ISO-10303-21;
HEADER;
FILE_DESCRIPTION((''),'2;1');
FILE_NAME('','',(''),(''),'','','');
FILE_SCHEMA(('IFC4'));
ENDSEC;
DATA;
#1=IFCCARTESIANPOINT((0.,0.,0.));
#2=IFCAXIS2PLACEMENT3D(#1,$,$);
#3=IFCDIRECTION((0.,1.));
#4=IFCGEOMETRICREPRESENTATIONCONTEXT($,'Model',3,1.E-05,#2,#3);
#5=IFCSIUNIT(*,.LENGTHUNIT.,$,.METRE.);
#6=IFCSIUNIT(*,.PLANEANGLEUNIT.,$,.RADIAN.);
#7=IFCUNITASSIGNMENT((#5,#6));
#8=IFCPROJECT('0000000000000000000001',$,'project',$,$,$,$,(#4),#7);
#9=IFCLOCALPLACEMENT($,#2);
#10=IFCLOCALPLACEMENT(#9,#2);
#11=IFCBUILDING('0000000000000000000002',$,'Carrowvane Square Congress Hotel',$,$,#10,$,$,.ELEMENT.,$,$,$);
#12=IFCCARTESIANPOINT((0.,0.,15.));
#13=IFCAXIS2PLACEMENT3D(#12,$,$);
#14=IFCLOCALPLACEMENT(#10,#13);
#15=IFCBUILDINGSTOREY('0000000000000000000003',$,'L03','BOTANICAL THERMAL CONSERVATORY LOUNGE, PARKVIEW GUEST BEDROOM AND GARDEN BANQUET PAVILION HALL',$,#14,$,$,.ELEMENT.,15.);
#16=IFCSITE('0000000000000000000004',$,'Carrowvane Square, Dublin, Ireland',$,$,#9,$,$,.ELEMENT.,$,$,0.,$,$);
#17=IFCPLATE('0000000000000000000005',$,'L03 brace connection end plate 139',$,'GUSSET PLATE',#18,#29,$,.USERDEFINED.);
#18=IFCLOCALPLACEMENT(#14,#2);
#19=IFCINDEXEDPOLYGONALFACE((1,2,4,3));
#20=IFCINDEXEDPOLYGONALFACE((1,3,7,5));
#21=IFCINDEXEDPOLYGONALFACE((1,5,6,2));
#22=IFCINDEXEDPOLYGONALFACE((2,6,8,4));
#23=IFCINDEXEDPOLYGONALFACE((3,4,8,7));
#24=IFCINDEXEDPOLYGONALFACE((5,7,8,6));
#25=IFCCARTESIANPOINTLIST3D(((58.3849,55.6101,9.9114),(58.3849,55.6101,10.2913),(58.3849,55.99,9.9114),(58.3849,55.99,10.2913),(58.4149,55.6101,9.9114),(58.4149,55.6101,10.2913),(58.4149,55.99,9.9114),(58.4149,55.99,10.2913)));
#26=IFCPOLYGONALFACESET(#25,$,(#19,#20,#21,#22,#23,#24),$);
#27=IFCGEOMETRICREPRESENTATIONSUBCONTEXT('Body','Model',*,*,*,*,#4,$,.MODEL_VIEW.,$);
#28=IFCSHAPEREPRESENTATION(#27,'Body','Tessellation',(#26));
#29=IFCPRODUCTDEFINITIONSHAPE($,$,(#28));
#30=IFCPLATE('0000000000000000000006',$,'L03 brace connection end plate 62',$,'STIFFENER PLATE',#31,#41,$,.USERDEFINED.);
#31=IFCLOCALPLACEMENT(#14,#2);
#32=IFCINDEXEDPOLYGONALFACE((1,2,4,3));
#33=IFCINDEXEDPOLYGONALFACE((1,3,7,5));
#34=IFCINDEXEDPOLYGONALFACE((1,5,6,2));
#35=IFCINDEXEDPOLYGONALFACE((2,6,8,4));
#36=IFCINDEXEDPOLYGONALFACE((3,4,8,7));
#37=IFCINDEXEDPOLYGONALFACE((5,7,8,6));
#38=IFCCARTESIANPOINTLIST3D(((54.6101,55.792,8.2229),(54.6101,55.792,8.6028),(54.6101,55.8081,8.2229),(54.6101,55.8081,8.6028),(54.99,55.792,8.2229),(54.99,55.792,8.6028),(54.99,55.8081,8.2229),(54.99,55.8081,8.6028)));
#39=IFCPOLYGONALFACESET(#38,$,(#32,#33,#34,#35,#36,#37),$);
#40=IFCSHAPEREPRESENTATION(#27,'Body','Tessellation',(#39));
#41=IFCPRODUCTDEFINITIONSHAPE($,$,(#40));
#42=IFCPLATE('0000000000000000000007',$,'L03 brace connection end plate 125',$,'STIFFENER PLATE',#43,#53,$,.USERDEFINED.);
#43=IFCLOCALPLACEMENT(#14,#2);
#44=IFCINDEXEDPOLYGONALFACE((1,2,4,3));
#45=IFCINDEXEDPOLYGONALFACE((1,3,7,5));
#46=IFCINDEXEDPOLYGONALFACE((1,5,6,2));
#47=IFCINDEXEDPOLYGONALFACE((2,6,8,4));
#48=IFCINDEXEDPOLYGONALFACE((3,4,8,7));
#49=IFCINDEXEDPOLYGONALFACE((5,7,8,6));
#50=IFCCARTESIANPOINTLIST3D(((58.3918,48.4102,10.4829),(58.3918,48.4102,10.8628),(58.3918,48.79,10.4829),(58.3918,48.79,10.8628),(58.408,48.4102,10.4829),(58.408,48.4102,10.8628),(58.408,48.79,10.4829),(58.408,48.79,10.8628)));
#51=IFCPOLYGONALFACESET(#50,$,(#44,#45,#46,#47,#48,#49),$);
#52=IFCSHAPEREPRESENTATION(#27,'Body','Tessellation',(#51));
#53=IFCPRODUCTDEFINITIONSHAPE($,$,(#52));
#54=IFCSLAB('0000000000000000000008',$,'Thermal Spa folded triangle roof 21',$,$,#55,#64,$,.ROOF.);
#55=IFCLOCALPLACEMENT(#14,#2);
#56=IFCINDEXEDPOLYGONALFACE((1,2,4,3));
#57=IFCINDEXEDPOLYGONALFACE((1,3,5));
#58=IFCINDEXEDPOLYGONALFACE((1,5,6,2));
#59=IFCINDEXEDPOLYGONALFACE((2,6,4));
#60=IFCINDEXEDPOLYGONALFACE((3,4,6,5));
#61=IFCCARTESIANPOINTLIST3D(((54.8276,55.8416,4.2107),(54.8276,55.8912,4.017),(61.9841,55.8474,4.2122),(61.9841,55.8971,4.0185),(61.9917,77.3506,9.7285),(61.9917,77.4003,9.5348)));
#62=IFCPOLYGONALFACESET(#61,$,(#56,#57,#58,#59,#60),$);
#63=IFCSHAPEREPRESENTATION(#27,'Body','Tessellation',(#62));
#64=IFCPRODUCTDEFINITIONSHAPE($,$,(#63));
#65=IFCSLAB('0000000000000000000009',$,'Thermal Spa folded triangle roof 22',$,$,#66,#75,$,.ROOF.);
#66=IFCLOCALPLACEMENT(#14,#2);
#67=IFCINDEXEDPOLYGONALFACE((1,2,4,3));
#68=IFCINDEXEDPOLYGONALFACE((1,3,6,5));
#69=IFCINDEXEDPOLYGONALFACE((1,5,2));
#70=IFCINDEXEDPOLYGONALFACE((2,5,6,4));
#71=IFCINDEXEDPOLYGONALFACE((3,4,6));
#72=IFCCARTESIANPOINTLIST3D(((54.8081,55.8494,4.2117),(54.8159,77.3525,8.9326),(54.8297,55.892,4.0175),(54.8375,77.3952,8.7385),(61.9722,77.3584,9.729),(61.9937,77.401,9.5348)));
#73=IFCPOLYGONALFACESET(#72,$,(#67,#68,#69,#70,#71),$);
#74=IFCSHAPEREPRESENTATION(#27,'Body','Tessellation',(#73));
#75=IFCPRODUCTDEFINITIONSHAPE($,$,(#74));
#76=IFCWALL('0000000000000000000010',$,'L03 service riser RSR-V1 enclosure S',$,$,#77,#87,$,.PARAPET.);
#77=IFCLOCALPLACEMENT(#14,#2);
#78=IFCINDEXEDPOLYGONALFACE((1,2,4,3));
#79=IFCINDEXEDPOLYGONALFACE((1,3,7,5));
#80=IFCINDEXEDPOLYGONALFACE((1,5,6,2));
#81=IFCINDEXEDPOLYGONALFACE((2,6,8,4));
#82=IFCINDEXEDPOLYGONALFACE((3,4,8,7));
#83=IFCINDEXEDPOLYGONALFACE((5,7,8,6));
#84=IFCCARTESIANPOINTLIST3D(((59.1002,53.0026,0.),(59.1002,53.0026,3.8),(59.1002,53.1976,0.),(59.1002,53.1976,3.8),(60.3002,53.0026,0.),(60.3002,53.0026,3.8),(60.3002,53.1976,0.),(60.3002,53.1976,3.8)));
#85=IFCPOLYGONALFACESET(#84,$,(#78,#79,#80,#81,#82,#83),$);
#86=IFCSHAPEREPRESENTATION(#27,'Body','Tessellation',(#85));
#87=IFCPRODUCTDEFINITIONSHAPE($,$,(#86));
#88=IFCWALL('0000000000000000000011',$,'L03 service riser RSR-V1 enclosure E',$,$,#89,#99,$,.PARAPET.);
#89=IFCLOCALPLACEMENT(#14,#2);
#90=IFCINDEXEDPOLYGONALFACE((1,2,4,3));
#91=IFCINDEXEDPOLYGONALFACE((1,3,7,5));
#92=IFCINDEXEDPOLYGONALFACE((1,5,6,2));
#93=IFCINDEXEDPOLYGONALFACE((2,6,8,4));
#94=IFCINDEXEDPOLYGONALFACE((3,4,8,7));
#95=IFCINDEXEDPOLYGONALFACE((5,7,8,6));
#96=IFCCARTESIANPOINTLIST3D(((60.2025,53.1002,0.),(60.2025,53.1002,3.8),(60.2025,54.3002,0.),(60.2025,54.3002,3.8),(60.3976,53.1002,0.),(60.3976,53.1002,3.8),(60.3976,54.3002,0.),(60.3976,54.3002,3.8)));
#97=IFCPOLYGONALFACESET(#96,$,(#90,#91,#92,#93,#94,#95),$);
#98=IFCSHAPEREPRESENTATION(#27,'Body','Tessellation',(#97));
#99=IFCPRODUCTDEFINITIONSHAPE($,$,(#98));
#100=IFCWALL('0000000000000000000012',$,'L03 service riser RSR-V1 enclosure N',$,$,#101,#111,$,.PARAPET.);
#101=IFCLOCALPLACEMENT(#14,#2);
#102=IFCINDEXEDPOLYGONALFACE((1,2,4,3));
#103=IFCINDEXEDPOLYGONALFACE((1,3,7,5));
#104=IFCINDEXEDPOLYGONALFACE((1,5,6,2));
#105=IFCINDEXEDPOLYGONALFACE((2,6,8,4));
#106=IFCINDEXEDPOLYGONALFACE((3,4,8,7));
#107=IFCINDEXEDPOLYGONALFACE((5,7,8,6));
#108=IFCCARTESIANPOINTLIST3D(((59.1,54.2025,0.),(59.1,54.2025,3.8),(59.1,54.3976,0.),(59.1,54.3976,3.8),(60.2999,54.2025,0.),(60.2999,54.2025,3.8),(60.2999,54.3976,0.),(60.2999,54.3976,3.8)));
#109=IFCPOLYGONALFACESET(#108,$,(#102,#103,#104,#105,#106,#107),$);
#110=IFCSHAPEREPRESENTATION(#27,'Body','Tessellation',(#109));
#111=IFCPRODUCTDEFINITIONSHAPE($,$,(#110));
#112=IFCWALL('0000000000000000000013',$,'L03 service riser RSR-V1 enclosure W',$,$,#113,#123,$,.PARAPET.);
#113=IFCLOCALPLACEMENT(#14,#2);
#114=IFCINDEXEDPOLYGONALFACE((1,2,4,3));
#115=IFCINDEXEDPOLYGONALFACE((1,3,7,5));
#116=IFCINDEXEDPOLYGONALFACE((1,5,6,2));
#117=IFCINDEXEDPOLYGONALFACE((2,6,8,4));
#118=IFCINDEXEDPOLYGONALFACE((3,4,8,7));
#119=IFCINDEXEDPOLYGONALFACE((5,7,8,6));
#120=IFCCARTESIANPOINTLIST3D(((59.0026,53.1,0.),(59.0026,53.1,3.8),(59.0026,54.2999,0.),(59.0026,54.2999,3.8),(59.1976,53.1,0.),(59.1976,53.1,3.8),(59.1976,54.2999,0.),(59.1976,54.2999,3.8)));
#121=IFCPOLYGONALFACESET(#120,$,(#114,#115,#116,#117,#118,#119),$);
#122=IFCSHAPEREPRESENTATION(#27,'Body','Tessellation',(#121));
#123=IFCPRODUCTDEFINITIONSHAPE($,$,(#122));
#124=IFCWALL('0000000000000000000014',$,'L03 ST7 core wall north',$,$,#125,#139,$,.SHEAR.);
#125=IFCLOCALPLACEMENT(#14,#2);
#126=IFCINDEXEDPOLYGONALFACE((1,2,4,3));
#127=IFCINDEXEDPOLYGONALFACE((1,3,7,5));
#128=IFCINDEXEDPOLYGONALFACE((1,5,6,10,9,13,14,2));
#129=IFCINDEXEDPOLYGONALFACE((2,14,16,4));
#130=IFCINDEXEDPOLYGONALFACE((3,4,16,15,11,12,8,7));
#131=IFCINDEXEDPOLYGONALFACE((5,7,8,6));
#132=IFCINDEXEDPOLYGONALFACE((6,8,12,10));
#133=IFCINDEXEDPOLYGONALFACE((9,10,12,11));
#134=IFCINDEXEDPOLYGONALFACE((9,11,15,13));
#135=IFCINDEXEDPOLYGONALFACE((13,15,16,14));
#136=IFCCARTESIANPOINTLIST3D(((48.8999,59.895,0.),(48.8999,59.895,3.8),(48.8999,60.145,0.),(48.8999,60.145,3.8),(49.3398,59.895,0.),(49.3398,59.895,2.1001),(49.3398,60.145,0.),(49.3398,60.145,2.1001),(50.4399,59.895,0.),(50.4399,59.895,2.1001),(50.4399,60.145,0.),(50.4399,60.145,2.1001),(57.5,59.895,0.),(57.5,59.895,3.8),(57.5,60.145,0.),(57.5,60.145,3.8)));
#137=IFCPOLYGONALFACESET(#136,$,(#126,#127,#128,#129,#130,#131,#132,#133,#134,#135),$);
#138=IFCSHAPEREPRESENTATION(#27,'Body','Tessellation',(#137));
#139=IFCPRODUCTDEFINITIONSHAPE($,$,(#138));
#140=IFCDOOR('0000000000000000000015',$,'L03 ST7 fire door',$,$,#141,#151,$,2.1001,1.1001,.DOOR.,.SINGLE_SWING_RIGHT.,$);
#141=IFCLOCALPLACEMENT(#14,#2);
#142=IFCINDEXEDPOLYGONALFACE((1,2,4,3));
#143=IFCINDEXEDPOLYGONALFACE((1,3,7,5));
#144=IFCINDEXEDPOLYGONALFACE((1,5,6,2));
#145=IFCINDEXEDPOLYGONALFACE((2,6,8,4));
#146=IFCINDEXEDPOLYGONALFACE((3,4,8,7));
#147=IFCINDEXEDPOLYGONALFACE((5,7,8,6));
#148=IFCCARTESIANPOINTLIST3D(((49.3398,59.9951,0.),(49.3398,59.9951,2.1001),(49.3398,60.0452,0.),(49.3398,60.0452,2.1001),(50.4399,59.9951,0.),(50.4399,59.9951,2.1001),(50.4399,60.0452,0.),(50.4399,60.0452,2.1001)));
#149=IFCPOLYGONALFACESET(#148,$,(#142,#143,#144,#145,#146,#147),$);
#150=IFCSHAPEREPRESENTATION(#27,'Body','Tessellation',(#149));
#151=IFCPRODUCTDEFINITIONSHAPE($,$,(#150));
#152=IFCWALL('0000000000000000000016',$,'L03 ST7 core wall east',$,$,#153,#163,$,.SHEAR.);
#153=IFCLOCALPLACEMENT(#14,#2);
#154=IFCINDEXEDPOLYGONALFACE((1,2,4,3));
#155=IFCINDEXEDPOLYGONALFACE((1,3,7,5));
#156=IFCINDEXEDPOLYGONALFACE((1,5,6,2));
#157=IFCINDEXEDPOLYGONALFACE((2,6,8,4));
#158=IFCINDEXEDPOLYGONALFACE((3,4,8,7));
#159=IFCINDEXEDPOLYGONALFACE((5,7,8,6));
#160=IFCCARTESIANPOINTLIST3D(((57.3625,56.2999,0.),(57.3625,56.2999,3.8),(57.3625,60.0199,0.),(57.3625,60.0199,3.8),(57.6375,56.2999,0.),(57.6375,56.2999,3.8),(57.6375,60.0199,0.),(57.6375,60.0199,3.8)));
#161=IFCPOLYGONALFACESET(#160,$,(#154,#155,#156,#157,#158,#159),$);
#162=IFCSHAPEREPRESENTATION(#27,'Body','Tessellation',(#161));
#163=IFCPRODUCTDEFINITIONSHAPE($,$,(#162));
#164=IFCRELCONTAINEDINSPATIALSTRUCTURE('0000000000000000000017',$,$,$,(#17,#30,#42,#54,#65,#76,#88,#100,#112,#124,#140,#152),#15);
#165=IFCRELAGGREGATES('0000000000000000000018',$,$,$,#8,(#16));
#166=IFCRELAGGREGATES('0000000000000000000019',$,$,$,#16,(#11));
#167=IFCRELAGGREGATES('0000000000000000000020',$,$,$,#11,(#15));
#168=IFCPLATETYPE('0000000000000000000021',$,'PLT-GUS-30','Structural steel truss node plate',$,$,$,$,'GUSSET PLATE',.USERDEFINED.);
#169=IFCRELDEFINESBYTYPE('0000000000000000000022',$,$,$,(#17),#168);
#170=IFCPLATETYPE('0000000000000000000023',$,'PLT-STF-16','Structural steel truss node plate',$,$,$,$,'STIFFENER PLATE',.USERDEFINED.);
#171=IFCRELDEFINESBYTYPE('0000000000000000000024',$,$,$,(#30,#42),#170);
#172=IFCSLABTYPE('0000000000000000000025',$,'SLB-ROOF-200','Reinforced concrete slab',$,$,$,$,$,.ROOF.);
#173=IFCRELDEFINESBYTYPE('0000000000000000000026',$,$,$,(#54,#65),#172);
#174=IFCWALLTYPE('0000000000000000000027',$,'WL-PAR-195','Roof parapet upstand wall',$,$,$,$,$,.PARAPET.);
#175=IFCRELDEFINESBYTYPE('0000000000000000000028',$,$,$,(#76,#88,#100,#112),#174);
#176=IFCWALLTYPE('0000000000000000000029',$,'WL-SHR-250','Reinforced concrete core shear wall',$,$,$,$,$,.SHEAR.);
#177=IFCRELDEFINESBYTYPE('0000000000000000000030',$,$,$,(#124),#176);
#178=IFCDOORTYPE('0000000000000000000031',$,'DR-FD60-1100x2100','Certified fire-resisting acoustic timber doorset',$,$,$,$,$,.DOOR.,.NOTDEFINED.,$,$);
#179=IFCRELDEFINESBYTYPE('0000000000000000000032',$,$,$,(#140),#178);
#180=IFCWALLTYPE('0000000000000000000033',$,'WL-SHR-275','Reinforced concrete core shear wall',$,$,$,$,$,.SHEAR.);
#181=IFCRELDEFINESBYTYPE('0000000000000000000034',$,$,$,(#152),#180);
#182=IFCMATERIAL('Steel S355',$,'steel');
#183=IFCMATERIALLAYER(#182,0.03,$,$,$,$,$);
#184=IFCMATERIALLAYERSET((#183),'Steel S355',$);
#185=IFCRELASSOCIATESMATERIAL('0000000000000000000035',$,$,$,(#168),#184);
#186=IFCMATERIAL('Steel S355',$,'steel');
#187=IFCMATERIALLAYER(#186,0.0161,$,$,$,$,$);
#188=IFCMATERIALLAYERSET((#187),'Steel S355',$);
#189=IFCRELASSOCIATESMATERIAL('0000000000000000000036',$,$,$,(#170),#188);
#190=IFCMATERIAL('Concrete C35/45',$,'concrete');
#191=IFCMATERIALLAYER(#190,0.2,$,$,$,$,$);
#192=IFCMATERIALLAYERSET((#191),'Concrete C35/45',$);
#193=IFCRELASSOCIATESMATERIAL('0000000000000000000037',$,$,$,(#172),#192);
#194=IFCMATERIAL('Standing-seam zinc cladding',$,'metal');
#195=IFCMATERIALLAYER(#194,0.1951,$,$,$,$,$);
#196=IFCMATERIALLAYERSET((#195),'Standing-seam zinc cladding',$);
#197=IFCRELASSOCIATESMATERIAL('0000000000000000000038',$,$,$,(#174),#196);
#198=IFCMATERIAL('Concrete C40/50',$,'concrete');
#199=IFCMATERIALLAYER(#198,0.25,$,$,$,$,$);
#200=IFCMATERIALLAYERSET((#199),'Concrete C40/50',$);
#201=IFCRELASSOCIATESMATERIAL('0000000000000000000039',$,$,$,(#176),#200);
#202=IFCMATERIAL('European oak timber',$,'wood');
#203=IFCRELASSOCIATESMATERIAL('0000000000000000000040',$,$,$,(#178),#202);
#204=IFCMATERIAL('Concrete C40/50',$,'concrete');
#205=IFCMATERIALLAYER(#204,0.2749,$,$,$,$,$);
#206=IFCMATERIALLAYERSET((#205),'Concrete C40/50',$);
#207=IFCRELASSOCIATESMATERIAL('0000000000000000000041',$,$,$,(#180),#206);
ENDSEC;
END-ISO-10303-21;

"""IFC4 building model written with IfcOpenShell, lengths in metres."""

from ifc_helpers import new_model, si_unit, direction, frame, frame_2d, origin, origin_2d, place, context, subcontext, project, spatial, polyline, rectangle, outline, extrude, material, layer, layer_set, type_object, element, fill, save


model = new_model("IFC4")

# Units and contexts
model_context = context("Model", 3, precision=1e-05, world=origin(), true_north=direction((0.0, 1.0)))
body_context = subcontext(model_context, "Body", "Model", "MODEL_VIEW")
ifc_project = project(units=[si_unit("LENGTHUNIT", "METRE"), si_unit("PLANEANGLEUNIT", "RADIAN")], contexts=[model_context])

# Site, building, storey
site_placement = place(None, origin())
site = spatial("IfcSite", under=ifc_project, at=site_placement, Name="Carrowvane Square, Dublin, Ireland", CompositionType="ELEMENT", RefElevation=0.0)
building_placement = place(site_placement, origin())
building = spatial("IfcBuilding", under=site, at=building_placement, Name="Carrowvane Square Congress Hotel", CompositionType="ELEMENT")
storey_placement = place(building_placement, frame((0.0, 0.0, 15.0)))
storey = spatial("IfcBuildingStorey", under=building, at=storey_placement, Name="L03", Description="BOTANICAL THERMAL CONSERVATORY LOUNGE, PARKVIEW GUEST BEDROOM AND GARDEN BANQUET PAVILION HALL", CompositionType="ELEMENT", Elevation=15.0)

# Plates
ifc_material_1 = material(Name="Steel S355", Category="steel")
ifc_layer_1 = layer(ifc_material_1, 0.03)
ifc_layer_set_1 = layer_set([ifc_layer_1], Name="Steel S355")
plate_type_1 = type_object("IfcPlateType", Name="PLT-GUS-30", Description="Structural steel truss node plate", ElementType="GUSSET PLATE", PredefinedType="USERDEFINED", material=ifc_layer_set_1)
plate_1_placement = place(storey_placement, frame((58.3999, 55.8, 9.9114), z_axis=(0.0, 0.0, 1.0), x_axis=(1.0, 0.0, 0.0)))
element("IfcPlate", 1, at=plate_1_placement, inside=storey, type_object=plate_type_1, Name="L03 brace connection end plate 139", ObjectType="GUSSET PLATE", PredefinedType="USERDEFINED", context=body_context, shape_type="SweptSolid", body=[
    extrude(rectangle(XDim=0.03, YDim=0.3799, at=origin_2d()), origin(), (0.0, 0.0, 1.0), 0.3799),
])
ifc_material_2 = material(Name="Steel S355", Category="steel")
ifc_layer_2 = layer(ifc_material_2, 0.0161)
ifc_layer_set_2 = layer_set([ifc_layer_2], Name="Steel S355")
plate_type_2 = type_object("IfcPlateType", Name="PLT-STF-16", Description="Structural steel truss node plate", ElementType="STIFFENER PLATE", PredefinedType="USERDEFINED", material=ifc_layer_set_2)
plate_2_placement = place(storey_placement, frame((54.8, 55.8, 8.2229), z_axis=(0.0, 0.0, 1.0), x_axis=(1.0, 0.0, 0.0)))
element("IfcPlate", 2, at=plate_2_placement, inside=storey, type_object=plate_type_2, Name="L03 brace connection end plate 62", ObjectType="STIFFENER PLATE", PredefinedType="USERDEFINED", context=body_context, shape_type="SweptSolid", body=[
    extrude(rectangle(XDim=0.3799, YDim=0.0161, at=origin_2d()), origin(), (0.0, 0.0, 1.0), 0.3799),
])
plate_3_placement = place(storey_placement, frame((58.3999, 48.6001, 10.4829), z_axis=(0.0, 0.0, 1.0), x_axis=(1.0, 0.0, 0.0)))
element("IfcPlate", 3, at=plate_3_placement, inside=storey, type_object=plate_type_2, Name="L03 brace connection end plate 125", ObjectType="STIFFENER PLATE", PredefinedType="USERDEFINED", context=body_context, shape_type="SweptSolid", body=[
    extrude(rectangle(XDim=0.0161, YDim=0.3799, at=origin_2d()), origin(), (0.0, 0.0, 1.0), 0.3799),
])

# Slabs
ifc_material_3 = material(Name="Concrete C35/45", Category="concrete")
ifc_layer_3 = layer(ifc_material_3, 0.2)
ifc_layer_set_3 = layer_set([ifc_layer_3], Name="Concrete C35/45")
slab_type = type_object("IfcSlabType", Name="SLB-ROOF-200", Description="Reinforced concrete slab", PredefinedType="ROOF", material=ifc_layer_set_3)
slab_1_placement = place(storey_placement, frame((54.8276, 55.8416, 4.2107), z_axis=(0.000005, -0.24849, 0.968634), x_axis=(1.0, 0.000819, 0.000205)))
element("IfcSlab", 4, at=slab_1_placement, inside=storey, type_object=slab_type, Name="Thermal Spa folded triangle roof 21", PredefinedType="ROOF", context=body_context, shape_type="SweptSolid", body=[
    extrude(outline(polyline([(0.0, 0.0), (7.1565, 0.0), (7.1828, 22.1995), (0.0, 0.0)])), origin(), (0.0, 0.0, -1.0), 0.2),
])
slab_2_placement = place(storey_placement, frame((54.8081, 55.8494, 4.2117), z_axis=(-0.107889, -0.21315, 0.971044), x_axis=(0.307043, 0.921851, 0.236466)))
element("IfcSlab", 5, at=slab_2_placement, inside=storey, type_object=slab_type, Name="Thermal Spa folded triangle roof 22", PredefinedType="ROOF", context=body_context, shape_type="SweptSolid", body=[
    extrude(outline(polyline([(0.0, 0.0), (23.3325, 0.0), (20.9415, 6.7919), (0.0, 0.0)])), origin(), (0.0, 0.0, -1.0), 0.2),
])

# Walls
ifc_material_4 = material(Name="Standing-seam zinc cladding", Category="metal")
ifc_layer_4 = layer(ifc_material_4, 0.1951)
ifc_layer_set_4 = layer_set([ifc_layer_4], Name="Standing-seam zinc cladding")
wall_type_1 = type_object("IfcWallType", Name="WL-PAR-195", Description="Roof parapet upstand wall", PredefinedType="PARAPET", material=ifc_layer_set_4)
for number, where, z_axis, x_axis, name in (
    (6, (59.1001, 53.1001, 0.0), (0.0, 0.0, 1.0), (1.0, 0.0, 0.0), "L03 service riser RSR-V1 enclosure S"),
    (7, (60.3, 53.1001, 0.0), (0.0, 0.0, 1.0), (0.0, 1.0, 0.0), "L03 service riser RSR-V1 enclosure E"),
    (8, (60.3, 54.3, 0.0), (0.0, 0.0, 1.0), (-1.0, 0.0, 0.0), "L03 service riser RSR-V1 enclosure N"),
    (9, (59.1001, 54.3, 0.0), (0.0, 0.0, 1.0), (0.0, -1.0, 0.0), "L03 service riser RSR-V1 enclosure W"),
):
    element("IfcWall", number, at=place(storey_placement, frame(where, z_axis=z_axis, x_axis=x_axis)), inside=storey, type_object=wall_type_1, Name=name, PredefinedType="PARAPET", context=body_context, shape_type="SweptSolid", body=[
        extrude(rectangle(XDim=1.2, YDim=0.1951, at=frame_2d((0.6001, 0.0))), origin(), (0.0, 0.0, 1.0), 3.8),
    ])

# Wall, opening, door
ifc_material_5 = material(Name="Concrete C40/50", Category="concrete")
ifc_layer_5 = layer(ifc_material_5, 0.25)
ifc_layer_set_5 = layer_set([ifc_layer_5], Name="Concrete C40/50")
wall_type_2 = type_object("IfcWallType", Name="WL-SHR-250", Description="Reinforced concrete core shear wall", PredefinedType="SHEAR", material=ifc_layer_set_5)
wall_1_placement = place(storey_placement, frame((57.5, 60.02, 0.0), z_axis=(0.0, 0.0, 1.0), x_axis=(-1.0, 0.0, 0.0)))
wall_1 = element("IfcWall", 10, at=wall_1_placement, inside=storey, type_object=wall_type_2, Name="L03 ST7 core wall north", PredefinedType="SHEAR", context=body_context, shape_type="SweptSolid", body=[
    extrude(rectangle(XDim=8.6001, YDim=0.25, at=frame_2d((4.3, 0.0))), origin(), (0.0, 0.0, 1.0), 3.8),
])
opening_placement = place(wall_1_placement, frame((7.0601, 0.0, 0.0)))
opening = element("IfcOpeningElement", 11, at=opening_placement, cuts=wall_1, PredefinedType="OPENING", context=body_context, shape_type="SweptSolid", body=[
    extrude(rectangle(XDim=1.1001, YDim=2.1001, at=frame_2d((0.55, 1.05))), frame((0.0, 0.135, 0.0), z_axis=(0.0, -1.0, 0.0), x_axis=(1.0, 0.0, 0.0)), (0.0, 0.0, 1.0), 0.27),
])
ifc_material_6 = material(Name="European oak timber", Category="wood")
door_type = type_object("IfcDoorType", Name="DR-FD60-1100x2100", Description="Certified fire-resisting acoustic timber doorset", OperationType="NOTDEFINED", PredefinedType="DOOR", material=ifc_material_6)
door_placement = place(opening_placement, origin())
door = element("IfcDoor", 12, at=door_placement, inside=storey, type_object=door_type, Name="L03 ST7 fire door", OperationType="SINGLE_SWING_RIGHT", OverallHeight=2.1001, OverallWidth=1.1001, PredefinedType="DOOR", context=body_context, shape_type="SweptSolid", body=[
    extrude(rectangle(XDim=1.1001, YDim=2.1001, at=frame_2d((0.55, 1.05))), frame((0.0, 0.0249, 0.0), z_axis=(0.0, -1.0, 0.0), x_axis=(1.0, 0.0, 0.0)), (0.0, 0.0, 1.0), 0.05),
])
fill(opening, door)

# Wall
ifc_material_7 = material(Name="Concrete C40/50", Category="concrete")
ifc_layer_6 = layer(ifc_material_7, 0.2749)
ifc_layer_set_6 = layer_set([ifc_layer_6], Name="Concrete C40/50")
wall_type_3 = type_object("IfcWallType", Name="WL-SHR-275", Description="Reinforced concrete core shear wall", PredefinedType="SHEAR", material=ifc_layer_set_6)
wall_2_placement = place(storey_placement, frame((57.5, 56.3, 0.0), z_axis=(0.0, 0.0, 1.0), x_axis=(0.0, 1.0, 0.0)))
element("IfcWall", 13, at=wall_2_placement, inside=storey, type_object=wall_type_3, Name="L03 ST7 core wall east", PredefinedType="SHEAR", context=body_context, shape_type="SweptSolid", body=[
    extrude(rectangle(XDim=3.72, YDim=0.2749, at=frame_2d((1.8599, 0.0))), origin(), (0.0, 0.0, 1.0), 3.8),
])

save(model, "model.ifc")
